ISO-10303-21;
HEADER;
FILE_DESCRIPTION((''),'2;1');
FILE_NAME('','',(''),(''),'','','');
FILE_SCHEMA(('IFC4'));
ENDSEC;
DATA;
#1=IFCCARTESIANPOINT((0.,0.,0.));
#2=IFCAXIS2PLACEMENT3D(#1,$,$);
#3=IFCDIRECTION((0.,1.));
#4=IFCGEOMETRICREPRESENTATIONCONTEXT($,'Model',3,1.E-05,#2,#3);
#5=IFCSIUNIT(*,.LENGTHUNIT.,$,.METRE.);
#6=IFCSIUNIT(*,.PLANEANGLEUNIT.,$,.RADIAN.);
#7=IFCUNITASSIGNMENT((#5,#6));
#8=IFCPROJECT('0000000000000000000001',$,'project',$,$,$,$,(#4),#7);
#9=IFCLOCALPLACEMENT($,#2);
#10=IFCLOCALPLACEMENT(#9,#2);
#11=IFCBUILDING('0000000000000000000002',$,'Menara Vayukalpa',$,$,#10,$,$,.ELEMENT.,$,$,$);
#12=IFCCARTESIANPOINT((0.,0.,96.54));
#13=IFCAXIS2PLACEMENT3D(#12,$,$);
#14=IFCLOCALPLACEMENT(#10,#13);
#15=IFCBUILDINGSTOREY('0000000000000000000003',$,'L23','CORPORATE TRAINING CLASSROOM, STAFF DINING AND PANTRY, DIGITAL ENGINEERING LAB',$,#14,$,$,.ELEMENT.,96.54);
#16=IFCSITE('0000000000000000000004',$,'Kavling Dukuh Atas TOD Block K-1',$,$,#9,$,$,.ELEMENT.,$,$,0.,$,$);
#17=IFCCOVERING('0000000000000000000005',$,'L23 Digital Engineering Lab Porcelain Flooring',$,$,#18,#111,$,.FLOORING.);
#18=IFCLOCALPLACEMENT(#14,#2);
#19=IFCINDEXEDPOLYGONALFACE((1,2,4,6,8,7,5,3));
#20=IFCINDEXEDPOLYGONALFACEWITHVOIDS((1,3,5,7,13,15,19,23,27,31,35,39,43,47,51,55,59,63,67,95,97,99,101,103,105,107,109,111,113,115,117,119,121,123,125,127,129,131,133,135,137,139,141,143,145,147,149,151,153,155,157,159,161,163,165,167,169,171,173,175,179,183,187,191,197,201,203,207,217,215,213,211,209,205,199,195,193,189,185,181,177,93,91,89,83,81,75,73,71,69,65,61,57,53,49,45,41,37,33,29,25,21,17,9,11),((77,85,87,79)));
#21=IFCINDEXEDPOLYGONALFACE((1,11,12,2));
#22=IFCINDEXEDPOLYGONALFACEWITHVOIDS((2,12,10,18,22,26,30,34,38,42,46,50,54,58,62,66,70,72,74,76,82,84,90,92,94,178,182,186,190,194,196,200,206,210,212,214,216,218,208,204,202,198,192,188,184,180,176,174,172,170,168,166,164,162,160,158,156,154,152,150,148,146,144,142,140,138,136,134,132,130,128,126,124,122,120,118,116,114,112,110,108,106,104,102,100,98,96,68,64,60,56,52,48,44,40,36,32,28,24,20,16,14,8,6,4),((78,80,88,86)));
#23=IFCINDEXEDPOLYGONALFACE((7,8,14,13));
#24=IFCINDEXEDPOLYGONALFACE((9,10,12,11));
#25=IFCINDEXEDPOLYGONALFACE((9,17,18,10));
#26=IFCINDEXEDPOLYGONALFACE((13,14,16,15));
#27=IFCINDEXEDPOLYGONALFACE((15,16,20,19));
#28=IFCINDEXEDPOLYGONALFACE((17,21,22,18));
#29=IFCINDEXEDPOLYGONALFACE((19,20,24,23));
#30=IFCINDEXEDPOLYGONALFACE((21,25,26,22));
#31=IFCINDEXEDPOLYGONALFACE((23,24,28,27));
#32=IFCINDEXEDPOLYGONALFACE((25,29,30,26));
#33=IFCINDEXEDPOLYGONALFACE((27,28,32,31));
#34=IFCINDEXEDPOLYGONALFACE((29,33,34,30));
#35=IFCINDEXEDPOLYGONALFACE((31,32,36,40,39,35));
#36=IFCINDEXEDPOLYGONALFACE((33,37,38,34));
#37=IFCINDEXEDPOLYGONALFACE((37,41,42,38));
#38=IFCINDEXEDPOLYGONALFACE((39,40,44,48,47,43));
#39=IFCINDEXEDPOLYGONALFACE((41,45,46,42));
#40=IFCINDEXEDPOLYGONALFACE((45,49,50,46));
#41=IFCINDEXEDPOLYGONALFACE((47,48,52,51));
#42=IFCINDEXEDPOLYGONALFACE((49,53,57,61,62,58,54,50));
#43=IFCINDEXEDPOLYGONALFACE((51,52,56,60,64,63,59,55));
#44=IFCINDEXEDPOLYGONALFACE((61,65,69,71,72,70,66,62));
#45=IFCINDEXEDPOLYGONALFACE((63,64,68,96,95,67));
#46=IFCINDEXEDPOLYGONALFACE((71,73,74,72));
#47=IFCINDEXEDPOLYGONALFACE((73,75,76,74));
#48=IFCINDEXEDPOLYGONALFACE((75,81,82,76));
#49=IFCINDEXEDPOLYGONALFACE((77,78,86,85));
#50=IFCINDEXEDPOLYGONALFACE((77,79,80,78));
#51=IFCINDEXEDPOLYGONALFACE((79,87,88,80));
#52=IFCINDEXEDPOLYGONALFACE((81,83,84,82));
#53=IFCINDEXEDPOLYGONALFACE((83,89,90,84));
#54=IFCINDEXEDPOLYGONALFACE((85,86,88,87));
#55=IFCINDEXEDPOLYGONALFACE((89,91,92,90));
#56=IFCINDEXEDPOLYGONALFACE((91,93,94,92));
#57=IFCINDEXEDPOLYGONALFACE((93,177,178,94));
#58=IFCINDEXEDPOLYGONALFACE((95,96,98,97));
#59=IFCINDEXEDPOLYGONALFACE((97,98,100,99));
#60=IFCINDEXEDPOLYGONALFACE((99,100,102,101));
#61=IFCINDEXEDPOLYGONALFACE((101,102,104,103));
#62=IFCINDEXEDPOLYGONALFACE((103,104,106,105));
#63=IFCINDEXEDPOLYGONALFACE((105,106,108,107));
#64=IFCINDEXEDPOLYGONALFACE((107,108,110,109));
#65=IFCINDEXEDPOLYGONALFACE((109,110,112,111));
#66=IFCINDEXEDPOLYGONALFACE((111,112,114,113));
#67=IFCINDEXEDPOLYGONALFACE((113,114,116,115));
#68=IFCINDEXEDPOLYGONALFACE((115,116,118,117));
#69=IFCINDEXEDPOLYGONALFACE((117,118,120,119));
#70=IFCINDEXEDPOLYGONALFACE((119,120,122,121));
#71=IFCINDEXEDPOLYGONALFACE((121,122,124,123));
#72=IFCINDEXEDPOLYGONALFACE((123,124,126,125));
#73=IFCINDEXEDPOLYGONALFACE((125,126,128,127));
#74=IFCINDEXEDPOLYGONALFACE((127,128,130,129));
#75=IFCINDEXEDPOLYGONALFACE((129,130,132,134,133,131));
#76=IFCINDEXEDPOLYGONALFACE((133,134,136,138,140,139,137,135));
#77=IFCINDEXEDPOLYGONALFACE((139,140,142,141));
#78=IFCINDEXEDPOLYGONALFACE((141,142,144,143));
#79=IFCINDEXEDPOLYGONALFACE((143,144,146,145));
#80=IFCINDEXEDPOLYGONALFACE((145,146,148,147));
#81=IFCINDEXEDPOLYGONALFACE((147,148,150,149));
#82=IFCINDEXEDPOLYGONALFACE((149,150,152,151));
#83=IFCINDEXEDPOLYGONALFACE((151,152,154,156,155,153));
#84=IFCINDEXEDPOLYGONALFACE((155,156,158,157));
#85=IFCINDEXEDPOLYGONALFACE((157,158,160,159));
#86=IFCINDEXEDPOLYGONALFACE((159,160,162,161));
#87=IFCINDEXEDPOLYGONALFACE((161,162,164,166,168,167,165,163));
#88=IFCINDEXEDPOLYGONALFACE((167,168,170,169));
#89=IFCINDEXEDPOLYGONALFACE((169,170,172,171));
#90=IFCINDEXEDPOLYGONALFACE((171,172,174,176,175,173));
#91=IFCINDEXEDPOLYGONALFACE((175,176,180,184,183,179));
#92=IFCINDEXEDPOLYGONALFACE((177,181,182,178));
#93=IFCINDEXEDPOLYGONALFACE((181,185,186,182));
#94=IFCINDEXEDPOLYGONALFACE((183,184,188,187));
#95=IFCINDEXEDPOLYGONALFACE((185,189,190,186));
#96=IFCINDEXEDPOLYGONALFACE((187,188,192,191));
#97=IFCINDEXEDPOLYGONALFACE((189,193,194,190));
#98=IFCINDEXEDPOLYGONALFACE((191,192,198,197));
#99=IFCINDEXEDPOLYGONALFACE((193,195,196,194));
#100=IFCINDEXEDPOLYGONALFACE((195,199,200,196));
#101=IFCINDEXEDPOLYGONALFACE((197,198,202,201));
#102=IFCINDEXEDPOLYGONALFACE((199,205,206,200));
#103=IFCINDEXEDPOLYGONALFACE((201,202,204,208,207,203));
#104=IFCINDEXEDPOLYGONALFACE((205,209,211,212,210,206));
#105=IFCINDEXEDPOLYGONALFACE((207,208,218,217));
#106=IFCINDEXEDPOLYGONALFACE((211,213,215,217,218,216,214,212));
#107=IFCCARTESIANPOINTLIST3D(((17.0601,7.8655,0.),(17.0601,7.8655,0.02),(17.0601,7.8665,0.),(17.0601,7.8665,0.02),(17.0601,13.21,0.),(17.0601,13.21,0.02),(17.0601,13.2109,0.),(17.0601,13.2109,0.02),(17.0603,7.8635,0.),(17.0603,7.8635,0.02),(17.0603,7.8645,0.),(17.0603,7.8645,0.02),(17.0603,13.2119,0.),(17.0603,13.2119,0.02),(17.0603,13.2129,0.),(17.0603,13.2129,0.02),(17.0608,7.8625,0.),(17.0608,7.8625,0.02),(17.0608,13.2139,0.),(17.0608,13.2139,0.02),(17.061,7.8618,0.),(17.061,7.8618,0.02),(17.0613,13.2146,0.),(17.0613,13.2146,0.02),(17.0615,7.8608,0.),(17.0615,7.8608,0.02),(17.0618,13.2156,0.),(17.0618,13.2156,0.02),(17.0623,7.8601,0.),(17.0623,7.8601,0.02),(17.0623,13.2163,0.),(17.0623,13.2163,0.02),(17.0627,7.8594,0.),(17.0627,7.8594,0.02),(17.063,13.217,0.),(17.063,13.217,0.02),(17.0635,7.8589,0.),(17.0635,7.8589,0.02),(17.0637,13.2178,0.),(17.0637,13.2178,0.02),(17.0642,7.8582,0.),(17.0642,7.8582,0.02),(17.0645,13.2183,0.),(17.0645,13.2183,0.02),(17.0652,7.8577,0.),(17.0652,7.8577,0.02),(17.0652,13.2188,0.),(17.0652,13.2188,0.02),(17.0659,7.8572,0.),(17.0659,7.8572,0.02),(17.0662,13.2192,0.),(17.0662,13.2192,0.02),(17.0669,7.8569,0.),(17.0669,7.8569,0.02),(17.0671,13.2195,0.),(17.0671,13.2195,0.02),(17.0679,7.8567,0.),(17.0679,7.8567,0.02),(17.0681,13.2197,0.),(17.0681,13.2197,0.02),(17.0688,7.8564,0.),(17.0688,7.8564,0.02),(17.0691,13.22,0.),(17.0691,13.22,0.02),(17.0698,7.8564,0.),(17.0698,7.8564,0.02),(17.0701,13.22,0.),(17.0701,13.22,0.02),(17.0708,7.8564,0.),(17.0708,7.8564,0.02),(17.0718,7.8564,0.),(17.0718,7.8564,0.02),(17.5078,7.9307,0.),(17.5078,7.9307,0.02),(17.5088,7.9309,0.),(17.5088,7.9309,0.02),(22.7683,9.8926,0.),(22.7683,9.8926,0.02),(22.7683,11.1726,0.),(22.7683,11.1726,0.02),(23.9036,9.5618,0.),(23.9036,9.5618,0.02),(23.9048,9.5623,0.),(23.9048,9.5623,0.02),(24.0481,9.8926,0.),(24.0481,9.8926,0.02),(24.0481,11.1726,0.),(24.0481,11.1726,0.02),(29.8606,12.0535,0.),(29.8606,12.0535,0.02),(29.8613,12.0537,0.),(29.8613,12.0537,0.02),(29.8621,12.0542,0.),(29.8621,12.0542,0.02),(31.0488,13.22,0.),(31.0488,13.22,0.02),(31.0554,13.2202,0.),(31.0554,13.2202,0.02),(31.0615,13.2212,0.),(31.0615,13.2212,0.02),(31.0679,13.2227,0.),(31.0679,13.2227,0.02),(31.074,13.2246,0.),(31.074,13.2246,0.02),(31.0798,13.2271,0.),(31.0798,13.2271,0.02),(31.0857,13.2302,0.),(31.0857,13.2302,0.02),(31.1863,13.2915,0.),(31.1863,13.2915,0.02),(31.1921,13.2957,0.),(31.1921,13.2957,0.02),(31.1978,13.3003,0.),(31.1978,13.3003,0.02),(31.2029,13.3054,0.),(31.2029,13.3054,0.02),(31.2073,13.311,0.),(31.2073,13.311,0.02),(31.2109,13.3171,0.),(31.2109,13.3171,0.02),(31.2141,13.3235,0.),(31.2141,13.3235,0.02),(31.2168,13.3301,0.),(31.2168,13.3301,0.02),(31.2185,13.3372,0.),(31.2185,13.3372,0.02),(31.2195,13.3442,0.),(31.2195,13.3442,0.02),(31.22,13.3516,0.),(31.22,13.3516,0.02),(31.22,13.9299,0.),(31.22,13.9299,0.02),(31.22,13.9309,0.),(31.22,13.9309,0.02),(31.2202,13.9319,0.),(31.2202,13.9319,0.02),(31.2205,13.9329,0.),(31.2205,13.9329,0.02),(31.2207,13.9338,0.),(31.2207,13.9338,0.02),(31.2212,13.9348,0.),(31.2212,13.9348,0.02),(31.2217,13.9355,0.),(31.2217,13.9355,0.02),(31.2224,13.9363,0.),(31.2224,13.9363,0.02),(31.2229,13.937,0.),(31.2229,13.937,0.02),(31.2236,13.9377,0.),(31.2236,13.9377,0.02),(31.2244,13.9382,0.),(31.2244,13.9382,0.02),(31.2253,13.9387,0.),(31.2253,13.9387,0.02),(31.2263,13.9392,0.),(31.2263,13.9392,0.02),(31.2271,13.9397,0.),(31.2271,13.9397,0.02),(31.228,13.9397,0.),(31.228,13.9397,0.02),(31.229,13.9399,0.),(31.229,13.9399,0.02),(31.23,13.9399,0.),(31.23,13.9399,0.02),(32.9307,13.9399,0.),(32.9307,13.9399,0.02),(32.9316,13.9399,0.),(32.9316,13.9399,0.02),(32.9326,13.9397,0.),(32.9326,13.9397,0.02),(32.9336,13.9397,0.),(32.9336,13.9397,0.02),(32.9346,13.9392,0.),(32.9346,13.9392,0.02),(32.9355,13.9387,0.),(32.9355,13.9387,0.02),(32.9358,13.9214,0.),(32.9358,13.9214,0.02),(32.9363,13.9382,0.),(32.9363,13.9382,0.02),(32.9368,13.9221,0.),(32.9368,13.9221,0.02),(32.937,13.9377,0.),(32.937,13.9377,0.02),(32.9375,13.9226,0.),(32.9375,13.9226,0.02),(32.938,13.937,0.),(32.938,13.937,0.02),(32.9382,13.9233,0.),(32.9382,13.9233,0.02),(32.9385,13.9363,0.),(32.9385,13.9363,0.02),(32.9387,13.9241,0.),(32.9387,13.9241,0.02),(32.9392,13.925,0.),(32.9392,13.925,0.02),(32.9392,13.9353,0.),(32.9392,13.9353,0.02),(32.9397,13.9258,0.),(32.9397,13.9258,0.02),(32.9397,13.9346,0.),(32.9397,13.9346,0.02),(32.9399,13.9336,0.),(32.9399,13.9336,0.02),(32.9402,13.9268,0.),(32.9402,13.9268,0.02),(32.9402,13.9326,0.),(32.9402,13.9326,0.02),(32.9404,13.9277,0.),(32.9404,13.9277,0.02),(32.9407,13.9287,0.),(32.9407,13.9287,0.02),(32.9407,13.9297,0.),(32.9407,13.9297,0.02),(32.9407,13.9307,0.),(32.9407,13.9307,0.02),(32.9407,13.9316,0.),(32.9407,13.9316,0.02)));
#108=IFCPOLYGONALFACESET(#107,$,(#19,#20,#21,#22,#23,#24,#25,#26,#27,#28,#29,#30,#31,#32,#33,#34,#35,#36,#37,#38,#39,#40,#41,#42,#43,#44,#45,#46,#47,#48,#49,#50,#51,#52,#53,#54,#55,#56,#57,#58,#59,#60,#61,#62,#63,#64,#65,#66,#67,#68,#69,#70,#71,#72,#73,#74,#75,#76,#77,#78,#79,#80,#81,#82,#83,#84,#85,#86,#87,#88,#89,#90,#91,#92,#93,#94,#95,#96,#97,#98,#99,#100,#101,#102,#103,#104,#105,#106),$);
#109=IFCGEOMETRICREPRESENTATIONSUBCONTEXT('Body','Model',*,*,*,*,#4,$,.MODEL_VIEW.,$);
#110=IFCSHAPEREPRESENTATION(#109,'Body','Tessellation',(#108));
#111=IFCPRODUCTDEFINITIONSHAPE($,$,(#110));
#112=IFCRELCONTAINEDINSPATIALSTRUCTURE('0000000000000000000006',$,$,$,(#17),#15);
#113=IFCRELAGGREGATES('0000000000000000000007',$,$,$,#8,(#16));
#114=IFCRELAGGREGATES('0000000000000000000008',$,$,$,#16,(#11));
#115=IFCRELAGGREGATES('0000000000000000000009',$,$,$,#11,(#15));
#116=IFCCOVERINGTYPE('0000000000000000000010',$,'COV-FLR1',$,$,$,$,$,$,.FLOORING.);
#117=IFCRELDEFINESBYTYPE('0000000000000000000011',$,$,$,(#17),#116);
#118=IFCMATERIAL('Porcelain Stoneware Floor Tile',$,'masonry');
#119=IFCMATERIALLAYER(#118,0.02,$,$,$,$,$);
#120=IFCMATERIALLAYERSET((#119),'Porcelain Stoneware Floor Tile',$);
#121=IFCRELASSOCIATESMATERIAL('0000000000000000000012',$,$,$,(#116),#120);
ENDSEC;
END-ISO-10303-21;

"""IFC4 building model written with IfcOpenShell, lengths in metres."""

from ifc_helpers import new_model, si_unit, direction, frame, origin, place, context, subcontext, project, spatial, polyline, outline, extrude, material, layer, layer_set, type_object, element, save


model = new_model("IFC4")

# Units and contexts
model_context = context("Model", 3, precision=1e-05, world=origin(), true_north=direction((0.0, 1.0)))
body_context = subcontext(model_context, "Body", "Model", "MODEL_VIEW")
ifc_project = project(units=[si_unit("LENGTHUNIT", "METRE"), si_unit("PLANEANGLEUNIT", "RADIAN")], contexts=[model_context])

# Site, building, storey
site_placement = place(None, origin())
site = spatial("IfcSite", under=ifc_project, at=site_placement, Name="Kavling Dukuh Atas TOD Block K-1", CompositionType="ELEMENT", RefElevation=0.0)
building_placement = place(site_placement, origin())
building = spatial("IfcBuilding", under=site, at=building_placement, Name="Menara Vayukalpa", CompositionType="ELEMENT")
storey_placement = place(building_placement, frame((0.0, 0.0, 96.54)))
storey = spatial("IfcBuildingStorey", under=building, at=storey_placement, Name="L23", Description="CORPORATE TRAINING CLASSROOM, STAFF DINING AND PANTRY, DIGITAL ENGINEERING LAB", CompositionType="ELEMENT", Elevation=96.54)

# Covering
ifc_material_1 = material(Name="Porcelain Stoneware Floor Tile", Category="masonry")
ifc_layer_1 = layer(ifc_material_1, 0.02)
ifc_layer_set_1 = layer_set([ifc_layer_1], Name="Porcelain Stoneware Floor Tile")
covering_type_1 = type_object("IfcCoveringType", Name="COV-FLR1", PredefinedType="FLOORING", material=ifc_layer_set_1)
covering_1_placement = place(storey_placement, origin())
element("IfcCovering", 1, at=covering_1_placement, inside=storey, type_object=covering_type_1, Name="L23 Digital Engineering Lab Porcelain Flooring", PredefinedType="FLOORING", context=body_context, shape_type="SweptSolid", body=[
    extrude(outline(polyline([(29.8606, 12.0535), (23.9048, 9.5623), (23.9036, 9.5618), (17.5088, 7.9309), (17.5078, 7.9307), (17.0718, 7.8564), (17.0708, 7.8564), (17.0698, 7.8564), (17.0688, 7.8564), (17.0679, 7.8567), (17.0669, 7.8569), (17.0659, 7.8572), (17.0652, 7.8577), (17.0642, 7.8582), (17.0635, 7.8589), (17.0627, 7.8594), (17.0623, 7.8601), (17.0615, 7.8608), (17.061, 7.8618), (17.0608, 7.8625), (17.0603, 7.8635), (17.0603, 7.8645), (17.0601, 7.8655), (17.0601, 7.8665), (17.0601, 13.21), (17.0601, 13.2109), (17.0603, 13.2119), (17.0603, 13.2129), (17.0608, 13.2139), (17.0613, 13.2146), (17.0618, 13.2156), (17.0623, 13.2163), (17.063, 13.217), (17.0637, 13.2178), (17.0645, 13.2183), (17.0652, 13.2188), (17.0662, 13.2192), (17.0671, 13.2195), (17.0681, 13.2197), (17.0691, 13.22), (17.0701, 13.22), (31.0488, 13.22), (31.0554, 13.2202), (31.0615, 13.2212), (31.0679, 13.2227), (31.074, 13.2246), (31.0798, 13.2271), (31.0857, 13.2302), (31.1863, 13.2915), (31.1921, 13.2957), (31.1978, 13.3003), (31.2029, 13.3054), (31.2073, 13.311), (31.2109, 13.3171), (31.2141, 13.3235), (31.2168, 13.3301), (31.2185, 13.3372), (31.2195, 13.3442), (31.22, 13.3516), (31.22, 13.9299), (31.22, 13.9309), (31.2202, 13.9319), (31.2205, 13.9329), (31.2207, 13.9338), (31.2212, 13.9348), (31.2217, 13.9355), (31.2224, 13.9363), (31.2229, 13.937), (31.2236, 13.9377), (31.2244, 13.9382), (31.2253, 13.9387), (31.2263, 13.9392), (31.2271, 13.9397), (31.228, 13.9397), (31.229, 13.9399), (31.23, 13.9399), (32.9307, 13.9399), (32.9316, 13.9399), (32.9326, 13.9397), (32.9336, 13.9397), (32.9346, 13.9392), (32.9355, 13.9387), (32.9363, 13.9382), (32.937, 13.9377), (32.938, 13.937), (32.9385, 13.9363), (32.9392, 13.9353), (32.9397, 13.9346), (32.9399, 13.9336), (32.9402, 13.9326), (32.9407, 13.9316), (32.9407, 13.9307), (32.9407, 13.9297), (32.9407, 13.9287), (32.9404, 13.9277), (32.9402, 13.9268), (32.9397, 13.9258), (32.9392, 13.925), (32.9387, 13.9241), (32.9382, 13.9233), (32.9375, 13.9226), (32.9368, 13.9221), (32.9358, 13.9214), (29.8621, 12.0542), (29.8613, 12.0537), (29.8606, 12.0535)]), holes=[polyline([(24.0481, 11.1726), (22.7683, 11.1726), (22.7683, 9.8926), (24.0481, 9.8926), (24.0481, 11.1726)])]), origin(), (0.0, 0.0, 1.0), 0.02),
])

save(model, "model.ifc")
